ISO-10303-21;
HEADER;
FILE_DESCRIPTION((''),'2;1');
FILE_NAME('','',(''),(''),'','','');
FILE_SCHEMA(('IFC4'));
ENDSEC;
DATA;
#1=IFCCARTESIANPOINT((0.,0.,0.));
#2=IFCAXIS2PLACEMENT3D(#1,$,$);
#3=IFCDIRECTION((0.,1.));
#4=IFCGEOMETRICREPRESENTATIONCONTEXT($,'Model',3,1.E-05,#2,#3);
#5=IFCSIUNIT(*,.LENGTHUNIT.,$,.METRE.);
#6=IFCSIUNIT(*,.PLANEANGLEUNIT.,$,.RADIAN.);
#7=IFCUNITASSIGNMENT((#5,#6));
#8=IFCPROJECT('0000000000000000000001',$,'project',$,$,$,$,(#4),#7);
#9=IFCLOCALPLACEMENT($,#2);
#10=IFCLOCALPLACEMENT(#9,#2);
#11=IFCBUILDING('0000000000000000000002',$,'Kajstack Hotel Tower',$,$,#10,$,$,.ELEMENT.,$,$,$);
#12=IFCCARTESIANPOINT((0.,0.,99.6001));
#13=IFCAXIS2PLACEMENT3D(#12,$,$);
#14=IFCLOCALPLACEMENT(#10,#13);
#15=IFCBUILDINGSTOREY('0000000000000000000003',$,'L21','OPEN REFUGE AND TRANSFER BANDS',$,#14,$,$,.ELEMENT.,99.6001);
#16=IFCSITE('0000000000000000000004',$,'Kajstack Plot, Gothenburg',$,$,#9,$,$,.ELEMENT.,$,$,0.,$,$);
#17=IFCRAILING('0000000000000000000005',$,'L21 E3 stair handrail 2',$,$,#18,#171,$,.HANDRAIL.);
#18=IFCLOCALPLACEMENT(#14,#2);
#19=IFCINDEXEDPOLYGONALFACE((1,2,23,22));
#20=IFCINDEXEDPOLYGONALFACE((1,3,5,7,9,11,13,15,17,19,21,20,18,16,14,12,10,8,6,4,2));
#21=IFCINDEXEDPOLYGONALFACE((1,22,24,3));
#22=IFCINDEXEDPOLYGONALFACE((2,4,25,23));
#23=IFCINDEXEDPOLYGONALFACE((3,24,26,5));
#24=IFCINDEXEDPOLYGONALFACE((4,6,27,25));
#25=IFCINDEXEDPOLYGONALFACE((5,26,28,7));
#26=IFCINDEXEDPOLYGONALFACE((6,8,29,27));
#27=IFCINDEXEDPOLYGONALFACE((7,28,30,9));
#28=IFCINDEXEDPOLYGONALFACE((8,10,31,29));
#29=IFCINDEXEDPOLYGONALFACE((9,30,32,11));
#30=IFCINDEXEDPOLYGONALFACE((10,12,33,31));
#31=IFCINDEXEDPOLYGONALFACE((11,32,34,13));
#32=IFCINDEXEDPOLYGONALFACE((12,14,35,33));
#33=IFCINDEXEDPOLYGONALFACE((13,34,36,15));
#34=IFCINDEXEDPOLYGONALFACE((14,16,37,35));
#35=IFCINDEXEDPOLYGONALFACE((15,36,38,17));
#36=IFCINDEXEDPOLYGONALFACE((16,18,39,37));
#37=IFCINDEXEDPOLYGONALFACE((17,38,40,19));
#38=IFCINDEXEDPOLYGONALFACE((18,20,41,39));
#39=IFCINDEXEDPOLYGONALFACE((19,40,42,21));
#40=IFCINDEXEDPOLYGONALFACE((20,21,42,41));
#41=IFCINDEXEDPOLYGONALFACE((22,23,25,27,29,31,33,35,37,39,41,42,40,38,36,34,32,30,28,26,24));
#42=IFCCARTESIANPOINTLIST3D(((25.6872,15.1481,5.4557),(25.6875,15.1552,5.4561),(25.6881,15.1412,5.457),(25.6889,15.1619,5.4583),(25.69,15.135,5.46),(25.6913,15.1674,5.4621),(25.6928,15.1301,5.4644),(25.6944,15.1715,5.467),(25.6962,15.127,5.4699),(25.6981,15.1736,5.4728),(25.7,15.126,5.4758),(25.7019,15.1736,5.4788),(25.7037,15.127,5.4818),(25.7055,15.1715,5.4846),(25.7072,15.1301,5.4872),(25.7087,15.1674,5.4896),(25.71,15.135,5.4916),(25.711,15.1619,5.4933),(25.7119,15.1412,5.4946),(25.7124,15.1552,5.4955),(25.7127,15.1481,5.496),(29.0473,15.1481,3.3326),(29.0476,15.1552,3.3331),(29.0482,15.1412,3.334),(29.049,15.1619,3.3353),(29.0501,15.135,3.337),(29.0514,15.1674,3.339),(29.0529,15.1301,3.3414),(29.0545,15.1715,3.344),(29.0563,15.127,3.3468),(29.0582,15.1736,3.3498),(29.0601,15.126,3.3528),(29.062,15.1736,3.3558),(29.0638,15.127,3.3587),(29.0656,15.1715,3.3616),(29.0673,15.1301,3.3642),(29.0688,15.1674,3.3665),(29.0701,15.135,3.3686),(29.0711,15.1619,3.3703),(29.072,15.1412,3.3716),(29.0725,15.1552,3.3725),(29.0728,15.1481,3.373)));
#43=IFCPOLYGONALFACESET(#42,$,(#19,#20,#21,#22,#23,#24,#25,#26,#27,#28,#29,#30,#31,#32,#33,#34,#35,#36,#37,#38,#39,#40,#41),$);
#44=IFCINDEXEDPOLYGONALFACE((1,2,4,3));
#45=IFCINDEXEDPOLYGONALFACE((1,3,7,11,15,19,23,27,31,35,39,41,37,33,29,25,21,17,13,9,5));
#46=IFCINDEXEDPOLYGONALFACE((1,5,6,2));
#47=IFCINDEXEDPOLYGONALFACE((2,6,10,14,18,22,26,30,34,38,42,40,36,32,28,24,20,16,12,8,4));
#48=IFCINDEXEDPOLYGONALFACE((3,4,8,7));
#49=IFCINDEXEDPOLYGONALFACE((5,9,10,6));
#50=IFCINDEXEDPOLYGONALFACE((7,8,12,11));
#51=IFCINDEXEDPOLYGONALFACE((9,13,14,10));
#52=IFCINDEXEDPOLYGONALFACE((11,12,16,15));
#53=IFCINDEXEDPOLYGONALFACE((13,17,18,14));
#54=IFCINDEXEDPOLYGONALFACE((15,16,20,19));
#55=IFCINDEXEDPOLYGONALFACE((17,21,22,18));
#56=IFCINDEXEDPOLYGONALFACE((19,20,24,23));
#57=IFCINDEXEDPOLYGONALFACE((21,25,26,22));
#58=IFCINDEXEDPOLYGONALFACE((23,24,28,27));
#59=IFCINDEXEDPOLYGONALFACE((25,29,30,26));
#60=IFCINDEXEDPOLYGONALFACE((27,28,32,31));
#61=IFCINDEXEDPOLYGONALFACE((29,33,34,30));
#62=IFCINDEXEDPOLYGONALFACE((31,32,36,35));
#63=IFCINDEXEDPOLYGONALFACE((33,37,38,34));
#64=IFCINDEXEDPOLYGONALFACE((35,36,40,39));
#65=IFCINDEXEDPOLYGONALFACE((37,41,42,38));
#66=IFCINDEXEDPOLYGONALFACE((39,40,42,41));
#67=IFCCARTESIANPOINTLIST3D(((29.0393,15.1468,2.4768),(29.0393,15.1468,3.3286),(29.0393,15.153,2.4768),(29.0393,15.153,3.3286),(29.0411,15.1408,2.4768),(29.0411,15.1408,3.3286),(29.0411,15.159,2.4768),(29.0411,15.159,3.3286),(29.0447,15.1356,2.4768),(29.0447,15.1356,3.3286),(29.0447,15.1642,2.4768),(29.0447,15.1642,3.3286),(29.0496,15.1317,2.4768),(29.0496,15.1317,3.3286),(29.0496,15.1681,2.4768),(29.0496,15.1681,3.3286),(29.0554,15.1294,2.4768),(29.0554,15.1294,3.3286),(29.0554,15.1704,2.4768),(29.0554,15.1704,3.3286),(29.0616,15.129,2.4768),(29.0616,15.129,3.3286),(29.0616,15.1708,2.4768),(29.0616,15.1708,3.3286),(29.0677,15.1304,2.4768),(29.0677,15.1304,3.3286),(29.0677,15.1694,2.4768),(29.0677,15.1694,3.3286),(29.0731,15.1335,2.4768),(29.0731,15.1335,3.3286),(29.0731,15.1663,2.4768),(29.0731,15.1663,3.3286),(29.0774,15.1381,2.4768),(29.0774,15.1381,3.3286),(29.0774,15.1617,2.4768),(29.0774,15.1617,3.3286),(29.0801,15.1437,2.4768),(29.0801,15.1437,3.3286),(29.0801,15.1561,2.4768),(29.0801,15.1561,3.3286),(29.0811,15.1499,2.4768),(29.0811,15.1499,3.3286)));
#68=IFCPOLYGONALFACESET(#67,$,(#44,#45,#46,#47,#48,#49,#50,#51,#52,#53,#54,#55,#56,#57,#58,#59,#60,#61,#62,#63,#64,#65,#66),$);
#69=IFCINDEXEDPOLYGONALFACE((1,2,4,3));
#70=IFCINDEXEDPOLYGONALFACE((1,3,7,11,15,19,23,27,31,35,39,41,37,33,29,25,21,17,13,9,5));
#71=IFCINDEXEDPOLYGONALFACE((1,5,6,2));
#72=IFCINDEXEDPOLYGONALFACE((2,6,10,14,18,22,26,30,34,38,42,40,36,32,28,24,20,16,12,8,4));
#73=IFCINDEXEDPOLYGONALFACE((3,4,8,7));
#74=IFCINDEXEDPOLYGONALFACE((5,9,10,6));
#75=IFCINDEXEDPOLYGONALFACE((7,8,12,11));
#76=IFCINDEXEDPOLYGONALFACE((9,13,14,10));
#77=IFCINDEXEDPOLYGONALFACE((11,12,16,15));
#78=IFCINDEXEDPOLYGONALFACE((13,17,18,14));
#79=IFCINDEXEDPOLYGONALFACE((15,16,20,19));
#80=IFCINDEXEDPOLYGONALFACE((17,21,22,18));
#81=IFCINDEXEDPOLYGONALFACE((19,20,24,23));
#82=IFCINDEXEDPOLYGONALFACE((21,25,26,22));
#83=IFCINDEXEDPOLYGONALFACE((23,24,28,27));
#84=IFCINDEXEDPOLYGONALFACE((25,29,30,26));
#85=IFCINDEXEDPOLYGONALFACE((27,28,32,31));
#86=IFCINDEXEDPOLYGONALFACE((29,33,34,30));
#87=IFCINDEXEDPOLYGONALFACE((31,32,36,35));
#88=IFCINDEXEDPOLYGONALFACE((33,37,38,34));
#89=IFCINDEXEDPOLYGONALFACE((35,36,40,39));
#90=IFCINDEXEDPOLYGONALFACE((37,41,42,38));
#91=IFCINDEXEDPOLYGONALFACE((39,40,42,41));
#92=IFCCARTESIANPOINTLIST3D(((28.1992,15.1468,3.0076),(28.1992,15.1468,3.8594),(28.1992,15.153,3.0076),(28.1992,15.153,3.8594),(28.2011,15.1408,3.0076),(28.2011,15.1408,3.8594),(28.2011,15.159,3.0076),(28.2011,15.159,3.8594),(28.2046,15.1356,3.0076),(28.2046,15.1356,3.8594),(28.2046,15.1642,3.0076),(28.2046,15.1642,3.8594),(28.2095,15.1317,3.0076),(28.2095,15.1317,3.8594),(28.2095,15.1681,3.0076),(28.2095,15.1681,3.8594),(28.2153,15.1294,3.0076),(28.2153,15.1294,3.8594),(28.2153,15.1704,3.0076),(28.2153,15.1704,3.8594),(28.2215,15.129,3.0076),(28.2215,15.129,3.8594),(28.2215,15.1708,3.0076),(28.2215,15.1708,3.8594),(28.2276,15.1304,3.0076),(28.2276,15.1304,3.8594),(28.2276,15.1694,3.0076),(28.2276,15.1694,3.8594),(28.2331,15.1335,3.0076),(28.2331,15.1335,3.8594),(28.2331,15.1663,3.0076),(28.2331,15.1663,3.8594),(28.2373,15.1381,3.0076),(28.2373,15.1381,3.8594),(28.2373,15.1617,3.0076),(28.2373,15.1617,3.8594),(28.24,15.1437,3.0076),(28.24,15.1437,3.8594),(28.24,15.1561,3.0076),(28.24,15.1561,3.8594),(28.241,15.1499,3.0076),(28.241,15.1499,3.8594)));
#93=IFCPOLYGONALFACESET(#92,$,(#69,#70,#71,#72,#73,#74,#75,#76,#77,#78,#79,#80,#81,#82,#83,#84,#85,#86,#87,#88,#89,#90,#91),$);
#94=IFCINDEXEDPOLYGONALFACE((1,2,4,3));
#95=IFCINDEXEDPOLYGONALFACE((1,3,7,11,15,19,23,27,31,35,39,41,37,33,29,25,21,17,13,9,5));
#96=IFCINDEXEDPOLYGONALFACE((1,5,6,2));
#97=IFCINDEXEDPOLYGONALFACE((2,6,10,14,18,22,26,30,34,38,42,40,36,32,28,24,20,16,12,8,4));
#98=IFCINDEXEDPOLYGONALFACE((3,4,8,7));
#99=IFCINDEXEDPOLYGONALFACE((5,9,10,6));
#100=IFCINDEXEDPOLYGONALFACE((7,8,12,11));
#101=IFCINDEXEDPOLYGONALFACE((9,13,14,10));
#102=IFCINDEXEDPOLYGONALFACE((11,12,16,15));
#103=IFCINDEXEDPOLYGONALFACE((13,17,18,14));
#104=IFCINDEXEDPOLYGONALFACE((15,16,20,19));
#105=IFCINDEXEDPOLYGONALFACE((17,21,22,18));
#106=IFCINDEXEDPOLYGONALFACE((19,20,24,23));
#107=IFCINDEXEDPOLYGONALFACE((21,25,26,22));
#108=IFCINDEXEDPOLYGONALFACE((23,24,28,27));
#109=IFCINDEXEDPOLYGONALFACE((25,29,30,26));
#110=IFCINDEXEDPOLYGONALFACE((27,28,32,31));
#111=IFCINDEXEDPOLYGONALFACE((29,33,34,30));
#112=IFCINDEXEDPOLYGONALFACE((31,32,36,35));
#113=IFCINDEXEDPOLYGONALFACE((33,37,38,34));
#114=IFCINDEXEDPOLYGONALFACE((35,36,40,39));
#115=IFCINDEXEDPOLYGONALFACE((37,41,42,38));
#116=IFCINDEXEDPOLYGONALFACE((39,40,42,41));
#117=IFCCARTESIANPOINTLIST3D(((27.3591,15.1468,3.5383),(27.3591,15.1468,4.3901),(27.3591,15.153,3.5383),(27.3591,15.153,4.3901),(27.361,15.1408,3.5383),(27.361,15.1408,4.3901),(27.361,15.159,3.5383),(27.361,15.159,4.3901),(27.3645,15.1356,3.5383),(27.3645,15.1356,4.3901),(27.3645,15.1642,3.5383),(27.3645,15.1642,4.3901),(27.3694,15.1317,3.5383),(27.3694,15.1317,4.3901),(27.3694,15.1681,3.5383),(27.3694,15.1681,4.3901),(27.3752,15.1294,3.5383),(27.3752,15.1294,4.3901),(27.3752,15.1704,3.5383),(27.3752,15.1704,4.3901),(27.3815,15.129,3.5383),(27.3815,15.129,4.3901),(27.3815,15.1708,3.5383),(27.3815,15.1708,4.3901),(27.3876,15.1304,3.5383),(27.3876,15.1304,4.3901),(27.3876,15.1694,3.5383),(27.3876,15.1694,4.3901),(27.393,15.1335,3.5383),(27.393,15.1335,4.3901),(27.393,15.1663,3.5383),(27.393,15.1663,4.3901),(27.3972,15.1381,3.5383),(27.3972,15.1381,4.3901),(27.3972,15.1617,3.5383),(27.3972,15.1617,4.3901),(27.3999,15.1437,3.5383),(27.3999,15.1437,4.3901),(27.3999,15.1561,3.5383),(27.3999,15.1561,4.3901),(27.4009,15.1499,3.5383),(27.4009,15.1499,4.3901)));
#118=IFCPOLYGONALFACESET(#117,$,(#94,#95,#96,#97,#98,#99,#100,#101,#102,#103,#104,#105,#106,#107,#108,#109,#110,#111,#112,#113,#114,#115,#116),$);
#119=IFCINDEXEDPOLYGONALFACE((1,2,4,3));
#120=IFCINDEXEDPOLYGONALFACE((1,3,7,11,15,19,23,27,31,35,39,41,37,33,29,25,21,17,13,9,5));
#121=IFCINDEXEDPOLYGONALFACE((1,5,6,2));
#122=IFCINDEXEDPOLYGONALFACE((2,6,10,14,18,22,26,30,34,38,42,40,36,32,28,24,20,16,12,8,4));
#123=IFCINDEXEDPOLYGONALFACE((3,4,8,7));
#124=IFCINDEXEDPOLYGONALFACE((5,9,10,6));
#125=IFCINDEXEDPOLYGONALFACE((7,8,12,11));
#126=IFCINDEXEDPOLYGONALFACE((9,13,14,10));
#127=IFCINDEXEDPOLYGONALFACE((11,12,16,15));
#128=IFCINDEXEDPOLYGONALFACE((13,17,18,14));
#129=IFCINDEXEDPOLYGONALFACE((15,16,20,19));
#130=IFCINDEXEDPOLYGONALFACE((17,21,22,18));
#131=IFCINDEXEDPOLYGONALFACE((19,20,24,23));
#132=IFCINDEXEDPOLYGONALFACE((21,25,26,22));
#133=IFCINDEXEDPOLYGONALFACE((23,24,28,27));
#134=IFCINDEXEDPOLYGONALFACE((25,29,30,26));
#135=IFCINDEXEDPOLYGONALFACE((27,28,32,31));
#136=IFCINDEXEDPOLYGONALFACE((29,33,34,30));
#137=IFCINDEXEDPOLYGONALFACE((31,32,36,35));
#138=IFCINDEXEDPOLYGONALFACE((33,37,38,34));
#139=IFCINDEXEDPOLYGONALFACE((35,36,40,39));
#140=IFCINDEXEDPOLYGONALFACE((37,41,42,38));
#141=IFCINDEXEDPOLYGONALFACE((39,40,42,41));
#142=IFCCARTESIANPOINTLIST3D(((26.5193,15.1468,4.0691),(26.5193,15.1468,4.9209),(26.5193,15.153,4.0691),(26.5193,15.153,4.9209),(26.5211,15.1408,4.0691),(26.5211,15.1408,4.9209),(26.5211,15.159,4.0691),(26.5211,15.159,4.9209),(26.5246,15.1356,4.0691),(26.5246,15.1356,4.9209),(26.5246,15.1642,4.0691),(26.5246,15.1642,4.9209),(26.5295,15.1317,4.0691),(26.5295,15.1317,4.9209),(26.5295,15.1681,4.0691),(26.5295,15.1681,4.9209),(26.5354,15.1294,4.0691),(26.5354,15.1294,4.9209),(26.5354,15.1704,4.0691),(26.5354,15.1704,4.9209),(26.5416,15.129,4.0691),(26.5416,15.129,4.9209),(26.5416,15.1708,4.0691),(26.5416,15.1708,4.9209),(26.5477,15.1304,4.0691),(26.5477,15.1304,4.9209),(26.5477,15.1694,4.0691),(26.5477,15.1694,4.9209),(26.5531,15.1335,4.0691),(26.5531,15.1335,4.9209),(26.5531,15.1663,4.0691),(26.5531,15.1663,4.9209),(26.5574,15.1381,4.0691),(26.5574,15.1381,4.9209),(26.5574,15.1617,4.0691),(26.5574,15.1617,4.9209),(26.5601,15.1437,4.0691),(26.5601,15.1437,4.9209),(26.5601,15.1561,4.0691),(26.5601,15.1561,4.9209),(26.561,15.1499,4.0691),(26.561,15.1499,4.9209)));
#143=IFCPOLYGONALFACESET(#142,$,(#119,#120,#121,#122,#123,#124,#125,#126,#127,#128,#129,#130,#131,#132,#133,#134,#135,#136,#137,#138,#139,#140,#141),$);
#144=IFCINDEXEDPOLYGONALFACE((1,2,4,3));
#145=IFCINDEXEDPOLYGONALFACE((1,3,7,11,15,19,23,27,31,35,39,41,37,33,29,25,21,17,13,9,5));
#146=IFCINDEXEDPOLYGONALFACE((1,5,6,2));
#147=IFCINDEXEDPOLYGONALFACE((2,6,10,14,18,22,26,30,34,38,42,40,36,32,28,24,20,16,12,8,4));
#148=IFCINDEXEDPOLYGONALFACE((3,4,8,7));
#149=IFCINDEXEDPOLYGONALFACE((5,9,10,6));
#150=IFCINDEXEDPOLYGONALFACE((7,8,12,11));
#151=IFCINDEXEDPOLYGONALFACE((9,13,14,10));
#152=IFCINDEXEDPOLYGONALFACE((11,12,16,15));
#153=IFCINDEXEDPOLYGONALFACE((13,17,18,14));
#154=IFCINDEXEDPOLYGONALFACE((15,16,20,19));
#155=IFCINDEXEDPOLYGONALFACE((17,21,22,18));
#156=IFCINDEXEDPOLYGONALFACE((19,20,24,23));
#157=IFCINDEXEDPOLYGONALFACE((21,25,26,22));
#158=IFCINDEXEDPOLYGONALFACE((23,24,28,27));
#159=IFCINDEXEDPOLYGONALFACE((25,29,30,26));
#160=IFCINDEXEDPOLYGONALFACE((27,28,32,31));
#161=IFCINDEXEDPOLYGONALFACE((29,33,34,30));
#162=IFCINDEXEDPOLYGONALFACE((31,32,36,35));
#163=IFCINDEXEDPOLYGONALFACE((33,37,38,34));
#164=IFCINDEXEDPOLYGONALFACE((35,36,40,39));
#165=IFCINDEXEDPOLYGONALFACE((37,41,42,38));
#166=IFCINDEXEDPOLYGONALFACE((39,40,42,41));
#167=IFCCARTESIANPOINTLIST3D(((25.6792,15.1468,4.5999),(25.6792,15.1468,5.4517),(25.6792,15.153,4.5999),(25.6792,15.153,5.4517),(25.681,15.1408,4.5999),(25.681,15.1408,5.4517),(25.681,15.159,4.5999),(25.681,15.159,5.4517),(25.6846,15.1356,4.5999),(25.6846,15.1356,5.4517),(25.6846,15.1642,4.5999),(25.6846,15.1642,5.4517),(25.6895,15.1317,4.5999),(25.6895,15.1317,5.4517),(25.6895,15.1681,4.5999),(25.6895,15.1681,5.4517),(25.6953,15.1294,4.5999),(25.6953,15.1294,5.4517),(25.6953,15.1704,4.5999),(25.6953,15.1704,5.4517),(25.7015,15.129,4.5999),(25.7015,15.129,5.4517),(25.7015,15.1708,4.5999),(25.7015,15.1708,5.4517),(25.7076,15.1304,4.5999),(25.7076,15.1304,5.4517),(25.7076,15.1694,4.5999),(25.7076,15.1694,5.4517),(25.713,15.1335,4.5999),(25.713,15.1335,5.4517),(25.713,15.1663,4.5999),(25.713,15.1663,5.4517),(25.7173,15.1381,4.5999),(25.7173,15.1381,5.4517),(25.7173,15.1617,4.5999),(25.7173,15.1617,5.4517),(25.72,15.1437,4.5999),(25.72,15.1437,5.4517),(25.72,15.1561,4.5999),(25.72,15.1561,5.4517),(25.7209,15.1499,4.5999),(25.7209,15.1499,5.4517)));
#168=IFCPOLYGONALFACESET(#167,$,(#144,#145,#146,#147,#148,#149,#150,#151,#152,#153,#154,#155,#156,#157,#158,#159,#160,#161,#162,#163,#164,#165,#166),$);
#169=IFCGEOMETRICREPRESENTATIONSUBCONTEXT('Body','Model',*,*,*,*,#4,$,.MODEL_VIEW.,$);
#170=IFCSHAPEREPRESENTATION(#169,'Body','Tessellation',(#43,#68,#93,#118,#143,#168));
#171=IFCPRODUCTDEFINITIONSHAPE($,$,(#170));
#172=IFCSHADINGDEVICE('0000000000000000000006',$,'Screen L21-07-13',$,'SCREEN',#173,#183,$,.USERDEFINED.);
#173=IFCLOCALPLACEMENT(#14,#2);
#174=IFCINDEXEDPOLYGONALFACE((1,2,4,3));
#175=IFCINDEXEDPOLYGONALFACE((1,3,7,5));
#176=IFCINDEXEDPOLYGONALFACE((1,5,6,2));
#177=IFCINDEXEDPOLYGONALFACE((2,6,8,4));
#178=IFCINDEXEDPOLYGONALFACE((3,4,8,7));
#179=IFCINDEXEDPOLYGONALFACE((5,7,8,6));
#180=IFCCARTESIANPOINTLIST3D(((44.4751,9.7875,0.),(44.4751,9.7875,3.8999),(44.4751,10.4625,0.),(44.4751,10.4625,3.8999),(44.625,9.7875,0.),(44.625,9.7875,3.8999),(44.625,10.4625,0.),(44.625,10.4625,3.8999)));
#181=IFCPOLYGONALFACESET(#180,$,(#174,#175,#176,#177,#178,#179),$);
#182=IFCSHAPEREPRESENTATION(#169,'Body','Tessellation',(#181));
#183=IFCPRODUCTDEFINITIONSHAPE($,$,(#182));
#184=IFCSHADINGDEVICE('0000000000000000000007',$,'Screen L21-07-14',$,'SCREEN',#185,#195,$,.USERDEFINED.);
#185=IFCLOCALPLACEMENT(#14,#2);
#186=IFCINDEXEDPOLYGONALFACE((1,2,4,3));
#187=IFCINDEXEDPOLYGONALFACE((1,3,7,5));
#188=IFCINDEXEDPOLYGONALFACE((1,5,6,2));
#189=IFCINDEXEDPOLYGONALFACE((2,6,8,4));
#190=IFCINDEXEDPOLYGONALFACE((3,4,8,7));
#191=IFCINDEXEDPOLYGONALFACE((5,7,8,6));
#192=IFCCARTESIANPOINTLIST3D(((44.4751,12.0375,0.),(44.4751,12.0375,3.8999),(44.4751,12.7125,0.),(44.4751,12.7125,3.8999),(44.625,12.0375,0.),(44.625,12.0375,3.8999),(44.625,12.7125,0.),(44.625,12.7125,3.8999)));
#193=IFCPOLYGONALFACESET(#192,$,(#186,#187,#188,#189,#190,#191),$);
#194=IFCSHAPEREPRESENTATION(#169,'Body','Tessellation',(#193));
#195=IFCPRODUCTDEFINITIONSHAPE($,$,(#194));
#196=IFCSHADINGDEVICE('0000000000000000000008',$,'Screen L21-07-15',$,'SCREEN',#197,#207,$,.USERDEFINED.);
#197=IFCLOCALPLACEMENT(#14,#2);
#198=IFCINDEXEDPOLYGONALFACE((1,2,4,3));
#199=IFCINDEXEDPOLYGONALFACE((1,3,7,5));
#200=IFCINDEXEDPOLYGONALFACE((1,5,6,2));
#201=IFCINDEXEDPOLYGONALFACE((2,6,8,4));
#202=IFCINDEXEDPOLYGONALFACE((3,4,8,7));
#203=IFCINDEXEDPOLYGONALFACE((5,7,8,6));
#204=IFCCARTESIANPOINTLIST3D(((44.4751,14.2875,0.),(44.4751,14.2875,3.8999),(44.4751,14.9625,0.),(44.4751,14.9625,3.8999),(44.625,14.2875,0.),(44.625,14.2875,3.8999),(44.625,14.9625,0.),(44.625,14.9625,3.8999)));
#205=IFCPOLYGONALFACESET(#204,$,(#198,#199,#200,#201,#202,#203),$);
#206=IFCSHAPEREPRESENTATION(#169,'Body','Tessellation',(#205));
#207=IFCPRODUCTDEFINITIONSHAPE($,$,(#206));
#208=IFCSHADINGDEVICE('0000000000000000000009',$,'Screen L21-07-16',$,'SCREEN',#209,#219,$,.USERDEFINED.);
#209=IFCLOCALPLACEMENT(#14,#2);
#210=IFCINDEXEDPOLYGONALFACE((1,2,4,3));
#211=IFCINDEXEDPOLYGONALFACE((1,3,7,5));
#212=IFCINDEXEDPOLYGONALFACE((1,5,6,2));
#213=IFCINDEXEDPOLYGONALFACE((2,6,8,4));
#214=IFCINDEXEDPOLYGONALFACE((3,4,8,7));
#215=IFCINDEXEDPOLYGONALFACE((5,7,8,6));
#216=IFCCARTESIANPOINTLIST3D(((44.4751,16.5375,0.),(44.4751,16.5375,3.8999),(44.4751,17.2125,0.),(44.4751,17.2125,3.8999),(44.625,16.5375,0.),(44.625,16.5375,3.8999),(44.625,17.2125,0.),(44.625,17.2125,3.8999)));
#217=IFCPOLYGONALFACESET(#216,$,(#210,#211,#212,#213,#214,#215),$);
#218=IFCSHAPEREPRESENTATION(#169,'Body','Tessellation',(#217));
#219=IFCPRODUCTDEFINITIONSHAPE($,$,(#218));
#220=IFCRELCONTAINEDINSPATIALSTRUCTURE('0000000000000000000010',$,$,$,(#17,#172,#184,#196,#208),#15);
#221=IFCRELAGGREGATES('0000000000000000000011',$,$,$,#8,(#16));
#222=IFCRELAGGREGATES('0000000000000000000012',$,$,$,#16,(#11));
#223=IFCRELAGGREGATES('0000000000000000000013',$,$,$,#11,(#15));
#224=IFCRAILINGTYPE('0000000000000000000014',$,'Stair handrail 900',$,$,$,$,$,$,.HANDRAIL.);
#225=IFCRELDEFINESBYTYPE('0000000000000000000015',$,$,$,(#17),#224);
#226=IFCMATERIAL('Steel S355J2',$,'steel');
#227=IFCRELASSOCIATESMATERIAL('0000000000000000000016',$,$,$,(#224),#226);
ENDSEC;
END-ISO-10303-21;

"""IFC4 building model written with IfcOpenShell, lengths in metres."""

from ifc_helpers import new_model, si_unit, direction, frame, origin, origin_2d, place, context, subcontext, project, spatial, rectangle, circle, extrude, material, type_object, element, save


model = new_model("IFC4")

# Units and contexts
model_context = context("Model", 3, precision=1e-05, world=origin(), true_north=direction((0.0, 1.0)))
body_context = subcontext(model_context, "Body", "Model", "MODEL_VIEW")
ifc_project = project(units=[si_unit("LENGTHUNIT", "METRE"), si_unit("PLANEANGLEUNIT", "RADIAN")], contexts=[model_context])

# Site, building, storey
site_placement = place(None, origin())
site = spatial("IfcSite", under=ifc_project, at=site_placement, Name="Kajstack Plot, Gothenburg", CompositionType="ELEMENT", RefElevation=0.0)
building_placement = place(site_placement, origin())
building = spatial("IfcBuilding", under=site, at=building_placement, Name="Kajstack Hotel Tower", CompositionType="ELEMENT")
storey_placement = place(building_placement, frame((0.0, 0.0, 99.6001)))
storey = spatial("IfcBuildingStorey", under=building, at=storey_placement, Name="L21", Description="OPEN REFUGE AND TRANSFER BANDS", CompositionType="ELEMENT", Elevation=99.6001)

# Railing
ifc_material_1 = material(Name="Steel S355J2", Category="steel")
railing_type_1 = type_object("IfcRailingType", Name="Stair handrail 900", PredefinedType="HANDRAIL", material=ifc_material_1)
railing_1_placement = place(storey_placement, frame((29.0601, 15.1499, 2.4768)))
element("IfcRailing", 1, at=railing_1_placement, inside=storey, type_object=railing_type_1, Name="L21 E3 stair handrail 2", PredefinedType="HANDRAIL", context=body_context, shape_type="SweptSolid", body=[
    extrude(circle(Radius=0.0239, at=origin_2d()), frame((0.0, 0.0, 0.876), z_axis=(-0.84539, 0.0, 0.53415), x_axis=(0.0, -1.0, 0.0)), (0.0, 0.0, 1.0), 3.9746),
    extrude(circle(Radius=0.021, at=origin_2d()), origin(), (0.0, 0.0, 1.0), 0.8518),
    extrude(circle(Radius=0.021, at=origin_2d()), frame((-0.8401, 0.0, 0.5308)), (0.0, 0.0, 1.0), 0.8518),
    extrude(circle(Radius=0.021, at=origin_2d()), frame((-1.6802, 0.0, 1.0615)), (0.0, 0.0, 1.0), 0.8518),
    extrude(circle(Radius=0.021, at=origin_2d()), frame((-2.52, 0.0, 1.5923)), (0.0, 0.0, 1.0), 0.8518),
    extrude(circle(Radius=0.021, at=origin_2d()), frame((-3.3601, 0.0, 2.123)), (0.0, 0.0, 1.0), 0.8518),
])

# Shading devices
for number, where, z_axis, x_axis, name in (
    (2, (44.55, 10.125, 0.0), (0.0, 0.0, 1.0), (0.0, 1.0, 0.0), "Screen L21-07-13"),
    (3, (44.55, 12.375, 0.0), (0.0, 0.0, 1.0), (0.0, 1.0, 0.0), "Screen L21-07-14"),
    (4, (44.55, 14.625, 0.0), (0.0, 0.0, 1.0), (0.0, 1.0, 0.0), "Screen L21-07-15"),
    (5, (44.55, 16.875, 0.0), (0.0, 0.0, 1.0), (0.0, 1.0, 0.0), "Screen L21-07-16"),
):
    element("IfcShadingDevice", number, at=place(storey_placement, frame(where, z_axis=z_axis, x_axis=x_axis)), inside=storey, Name=name, ObjectType="SCREEN", PredefinedType="USERDEFINED", context=body_context, shape_type="SweptSolid", body=[
        extrude(rectangle(XDim=0.675, YDim=0.1499, at=origin_2d()), origin(), (0.0, 0.0, 1.0), 3.8999),
    ])

save(model, "model.ifc")
